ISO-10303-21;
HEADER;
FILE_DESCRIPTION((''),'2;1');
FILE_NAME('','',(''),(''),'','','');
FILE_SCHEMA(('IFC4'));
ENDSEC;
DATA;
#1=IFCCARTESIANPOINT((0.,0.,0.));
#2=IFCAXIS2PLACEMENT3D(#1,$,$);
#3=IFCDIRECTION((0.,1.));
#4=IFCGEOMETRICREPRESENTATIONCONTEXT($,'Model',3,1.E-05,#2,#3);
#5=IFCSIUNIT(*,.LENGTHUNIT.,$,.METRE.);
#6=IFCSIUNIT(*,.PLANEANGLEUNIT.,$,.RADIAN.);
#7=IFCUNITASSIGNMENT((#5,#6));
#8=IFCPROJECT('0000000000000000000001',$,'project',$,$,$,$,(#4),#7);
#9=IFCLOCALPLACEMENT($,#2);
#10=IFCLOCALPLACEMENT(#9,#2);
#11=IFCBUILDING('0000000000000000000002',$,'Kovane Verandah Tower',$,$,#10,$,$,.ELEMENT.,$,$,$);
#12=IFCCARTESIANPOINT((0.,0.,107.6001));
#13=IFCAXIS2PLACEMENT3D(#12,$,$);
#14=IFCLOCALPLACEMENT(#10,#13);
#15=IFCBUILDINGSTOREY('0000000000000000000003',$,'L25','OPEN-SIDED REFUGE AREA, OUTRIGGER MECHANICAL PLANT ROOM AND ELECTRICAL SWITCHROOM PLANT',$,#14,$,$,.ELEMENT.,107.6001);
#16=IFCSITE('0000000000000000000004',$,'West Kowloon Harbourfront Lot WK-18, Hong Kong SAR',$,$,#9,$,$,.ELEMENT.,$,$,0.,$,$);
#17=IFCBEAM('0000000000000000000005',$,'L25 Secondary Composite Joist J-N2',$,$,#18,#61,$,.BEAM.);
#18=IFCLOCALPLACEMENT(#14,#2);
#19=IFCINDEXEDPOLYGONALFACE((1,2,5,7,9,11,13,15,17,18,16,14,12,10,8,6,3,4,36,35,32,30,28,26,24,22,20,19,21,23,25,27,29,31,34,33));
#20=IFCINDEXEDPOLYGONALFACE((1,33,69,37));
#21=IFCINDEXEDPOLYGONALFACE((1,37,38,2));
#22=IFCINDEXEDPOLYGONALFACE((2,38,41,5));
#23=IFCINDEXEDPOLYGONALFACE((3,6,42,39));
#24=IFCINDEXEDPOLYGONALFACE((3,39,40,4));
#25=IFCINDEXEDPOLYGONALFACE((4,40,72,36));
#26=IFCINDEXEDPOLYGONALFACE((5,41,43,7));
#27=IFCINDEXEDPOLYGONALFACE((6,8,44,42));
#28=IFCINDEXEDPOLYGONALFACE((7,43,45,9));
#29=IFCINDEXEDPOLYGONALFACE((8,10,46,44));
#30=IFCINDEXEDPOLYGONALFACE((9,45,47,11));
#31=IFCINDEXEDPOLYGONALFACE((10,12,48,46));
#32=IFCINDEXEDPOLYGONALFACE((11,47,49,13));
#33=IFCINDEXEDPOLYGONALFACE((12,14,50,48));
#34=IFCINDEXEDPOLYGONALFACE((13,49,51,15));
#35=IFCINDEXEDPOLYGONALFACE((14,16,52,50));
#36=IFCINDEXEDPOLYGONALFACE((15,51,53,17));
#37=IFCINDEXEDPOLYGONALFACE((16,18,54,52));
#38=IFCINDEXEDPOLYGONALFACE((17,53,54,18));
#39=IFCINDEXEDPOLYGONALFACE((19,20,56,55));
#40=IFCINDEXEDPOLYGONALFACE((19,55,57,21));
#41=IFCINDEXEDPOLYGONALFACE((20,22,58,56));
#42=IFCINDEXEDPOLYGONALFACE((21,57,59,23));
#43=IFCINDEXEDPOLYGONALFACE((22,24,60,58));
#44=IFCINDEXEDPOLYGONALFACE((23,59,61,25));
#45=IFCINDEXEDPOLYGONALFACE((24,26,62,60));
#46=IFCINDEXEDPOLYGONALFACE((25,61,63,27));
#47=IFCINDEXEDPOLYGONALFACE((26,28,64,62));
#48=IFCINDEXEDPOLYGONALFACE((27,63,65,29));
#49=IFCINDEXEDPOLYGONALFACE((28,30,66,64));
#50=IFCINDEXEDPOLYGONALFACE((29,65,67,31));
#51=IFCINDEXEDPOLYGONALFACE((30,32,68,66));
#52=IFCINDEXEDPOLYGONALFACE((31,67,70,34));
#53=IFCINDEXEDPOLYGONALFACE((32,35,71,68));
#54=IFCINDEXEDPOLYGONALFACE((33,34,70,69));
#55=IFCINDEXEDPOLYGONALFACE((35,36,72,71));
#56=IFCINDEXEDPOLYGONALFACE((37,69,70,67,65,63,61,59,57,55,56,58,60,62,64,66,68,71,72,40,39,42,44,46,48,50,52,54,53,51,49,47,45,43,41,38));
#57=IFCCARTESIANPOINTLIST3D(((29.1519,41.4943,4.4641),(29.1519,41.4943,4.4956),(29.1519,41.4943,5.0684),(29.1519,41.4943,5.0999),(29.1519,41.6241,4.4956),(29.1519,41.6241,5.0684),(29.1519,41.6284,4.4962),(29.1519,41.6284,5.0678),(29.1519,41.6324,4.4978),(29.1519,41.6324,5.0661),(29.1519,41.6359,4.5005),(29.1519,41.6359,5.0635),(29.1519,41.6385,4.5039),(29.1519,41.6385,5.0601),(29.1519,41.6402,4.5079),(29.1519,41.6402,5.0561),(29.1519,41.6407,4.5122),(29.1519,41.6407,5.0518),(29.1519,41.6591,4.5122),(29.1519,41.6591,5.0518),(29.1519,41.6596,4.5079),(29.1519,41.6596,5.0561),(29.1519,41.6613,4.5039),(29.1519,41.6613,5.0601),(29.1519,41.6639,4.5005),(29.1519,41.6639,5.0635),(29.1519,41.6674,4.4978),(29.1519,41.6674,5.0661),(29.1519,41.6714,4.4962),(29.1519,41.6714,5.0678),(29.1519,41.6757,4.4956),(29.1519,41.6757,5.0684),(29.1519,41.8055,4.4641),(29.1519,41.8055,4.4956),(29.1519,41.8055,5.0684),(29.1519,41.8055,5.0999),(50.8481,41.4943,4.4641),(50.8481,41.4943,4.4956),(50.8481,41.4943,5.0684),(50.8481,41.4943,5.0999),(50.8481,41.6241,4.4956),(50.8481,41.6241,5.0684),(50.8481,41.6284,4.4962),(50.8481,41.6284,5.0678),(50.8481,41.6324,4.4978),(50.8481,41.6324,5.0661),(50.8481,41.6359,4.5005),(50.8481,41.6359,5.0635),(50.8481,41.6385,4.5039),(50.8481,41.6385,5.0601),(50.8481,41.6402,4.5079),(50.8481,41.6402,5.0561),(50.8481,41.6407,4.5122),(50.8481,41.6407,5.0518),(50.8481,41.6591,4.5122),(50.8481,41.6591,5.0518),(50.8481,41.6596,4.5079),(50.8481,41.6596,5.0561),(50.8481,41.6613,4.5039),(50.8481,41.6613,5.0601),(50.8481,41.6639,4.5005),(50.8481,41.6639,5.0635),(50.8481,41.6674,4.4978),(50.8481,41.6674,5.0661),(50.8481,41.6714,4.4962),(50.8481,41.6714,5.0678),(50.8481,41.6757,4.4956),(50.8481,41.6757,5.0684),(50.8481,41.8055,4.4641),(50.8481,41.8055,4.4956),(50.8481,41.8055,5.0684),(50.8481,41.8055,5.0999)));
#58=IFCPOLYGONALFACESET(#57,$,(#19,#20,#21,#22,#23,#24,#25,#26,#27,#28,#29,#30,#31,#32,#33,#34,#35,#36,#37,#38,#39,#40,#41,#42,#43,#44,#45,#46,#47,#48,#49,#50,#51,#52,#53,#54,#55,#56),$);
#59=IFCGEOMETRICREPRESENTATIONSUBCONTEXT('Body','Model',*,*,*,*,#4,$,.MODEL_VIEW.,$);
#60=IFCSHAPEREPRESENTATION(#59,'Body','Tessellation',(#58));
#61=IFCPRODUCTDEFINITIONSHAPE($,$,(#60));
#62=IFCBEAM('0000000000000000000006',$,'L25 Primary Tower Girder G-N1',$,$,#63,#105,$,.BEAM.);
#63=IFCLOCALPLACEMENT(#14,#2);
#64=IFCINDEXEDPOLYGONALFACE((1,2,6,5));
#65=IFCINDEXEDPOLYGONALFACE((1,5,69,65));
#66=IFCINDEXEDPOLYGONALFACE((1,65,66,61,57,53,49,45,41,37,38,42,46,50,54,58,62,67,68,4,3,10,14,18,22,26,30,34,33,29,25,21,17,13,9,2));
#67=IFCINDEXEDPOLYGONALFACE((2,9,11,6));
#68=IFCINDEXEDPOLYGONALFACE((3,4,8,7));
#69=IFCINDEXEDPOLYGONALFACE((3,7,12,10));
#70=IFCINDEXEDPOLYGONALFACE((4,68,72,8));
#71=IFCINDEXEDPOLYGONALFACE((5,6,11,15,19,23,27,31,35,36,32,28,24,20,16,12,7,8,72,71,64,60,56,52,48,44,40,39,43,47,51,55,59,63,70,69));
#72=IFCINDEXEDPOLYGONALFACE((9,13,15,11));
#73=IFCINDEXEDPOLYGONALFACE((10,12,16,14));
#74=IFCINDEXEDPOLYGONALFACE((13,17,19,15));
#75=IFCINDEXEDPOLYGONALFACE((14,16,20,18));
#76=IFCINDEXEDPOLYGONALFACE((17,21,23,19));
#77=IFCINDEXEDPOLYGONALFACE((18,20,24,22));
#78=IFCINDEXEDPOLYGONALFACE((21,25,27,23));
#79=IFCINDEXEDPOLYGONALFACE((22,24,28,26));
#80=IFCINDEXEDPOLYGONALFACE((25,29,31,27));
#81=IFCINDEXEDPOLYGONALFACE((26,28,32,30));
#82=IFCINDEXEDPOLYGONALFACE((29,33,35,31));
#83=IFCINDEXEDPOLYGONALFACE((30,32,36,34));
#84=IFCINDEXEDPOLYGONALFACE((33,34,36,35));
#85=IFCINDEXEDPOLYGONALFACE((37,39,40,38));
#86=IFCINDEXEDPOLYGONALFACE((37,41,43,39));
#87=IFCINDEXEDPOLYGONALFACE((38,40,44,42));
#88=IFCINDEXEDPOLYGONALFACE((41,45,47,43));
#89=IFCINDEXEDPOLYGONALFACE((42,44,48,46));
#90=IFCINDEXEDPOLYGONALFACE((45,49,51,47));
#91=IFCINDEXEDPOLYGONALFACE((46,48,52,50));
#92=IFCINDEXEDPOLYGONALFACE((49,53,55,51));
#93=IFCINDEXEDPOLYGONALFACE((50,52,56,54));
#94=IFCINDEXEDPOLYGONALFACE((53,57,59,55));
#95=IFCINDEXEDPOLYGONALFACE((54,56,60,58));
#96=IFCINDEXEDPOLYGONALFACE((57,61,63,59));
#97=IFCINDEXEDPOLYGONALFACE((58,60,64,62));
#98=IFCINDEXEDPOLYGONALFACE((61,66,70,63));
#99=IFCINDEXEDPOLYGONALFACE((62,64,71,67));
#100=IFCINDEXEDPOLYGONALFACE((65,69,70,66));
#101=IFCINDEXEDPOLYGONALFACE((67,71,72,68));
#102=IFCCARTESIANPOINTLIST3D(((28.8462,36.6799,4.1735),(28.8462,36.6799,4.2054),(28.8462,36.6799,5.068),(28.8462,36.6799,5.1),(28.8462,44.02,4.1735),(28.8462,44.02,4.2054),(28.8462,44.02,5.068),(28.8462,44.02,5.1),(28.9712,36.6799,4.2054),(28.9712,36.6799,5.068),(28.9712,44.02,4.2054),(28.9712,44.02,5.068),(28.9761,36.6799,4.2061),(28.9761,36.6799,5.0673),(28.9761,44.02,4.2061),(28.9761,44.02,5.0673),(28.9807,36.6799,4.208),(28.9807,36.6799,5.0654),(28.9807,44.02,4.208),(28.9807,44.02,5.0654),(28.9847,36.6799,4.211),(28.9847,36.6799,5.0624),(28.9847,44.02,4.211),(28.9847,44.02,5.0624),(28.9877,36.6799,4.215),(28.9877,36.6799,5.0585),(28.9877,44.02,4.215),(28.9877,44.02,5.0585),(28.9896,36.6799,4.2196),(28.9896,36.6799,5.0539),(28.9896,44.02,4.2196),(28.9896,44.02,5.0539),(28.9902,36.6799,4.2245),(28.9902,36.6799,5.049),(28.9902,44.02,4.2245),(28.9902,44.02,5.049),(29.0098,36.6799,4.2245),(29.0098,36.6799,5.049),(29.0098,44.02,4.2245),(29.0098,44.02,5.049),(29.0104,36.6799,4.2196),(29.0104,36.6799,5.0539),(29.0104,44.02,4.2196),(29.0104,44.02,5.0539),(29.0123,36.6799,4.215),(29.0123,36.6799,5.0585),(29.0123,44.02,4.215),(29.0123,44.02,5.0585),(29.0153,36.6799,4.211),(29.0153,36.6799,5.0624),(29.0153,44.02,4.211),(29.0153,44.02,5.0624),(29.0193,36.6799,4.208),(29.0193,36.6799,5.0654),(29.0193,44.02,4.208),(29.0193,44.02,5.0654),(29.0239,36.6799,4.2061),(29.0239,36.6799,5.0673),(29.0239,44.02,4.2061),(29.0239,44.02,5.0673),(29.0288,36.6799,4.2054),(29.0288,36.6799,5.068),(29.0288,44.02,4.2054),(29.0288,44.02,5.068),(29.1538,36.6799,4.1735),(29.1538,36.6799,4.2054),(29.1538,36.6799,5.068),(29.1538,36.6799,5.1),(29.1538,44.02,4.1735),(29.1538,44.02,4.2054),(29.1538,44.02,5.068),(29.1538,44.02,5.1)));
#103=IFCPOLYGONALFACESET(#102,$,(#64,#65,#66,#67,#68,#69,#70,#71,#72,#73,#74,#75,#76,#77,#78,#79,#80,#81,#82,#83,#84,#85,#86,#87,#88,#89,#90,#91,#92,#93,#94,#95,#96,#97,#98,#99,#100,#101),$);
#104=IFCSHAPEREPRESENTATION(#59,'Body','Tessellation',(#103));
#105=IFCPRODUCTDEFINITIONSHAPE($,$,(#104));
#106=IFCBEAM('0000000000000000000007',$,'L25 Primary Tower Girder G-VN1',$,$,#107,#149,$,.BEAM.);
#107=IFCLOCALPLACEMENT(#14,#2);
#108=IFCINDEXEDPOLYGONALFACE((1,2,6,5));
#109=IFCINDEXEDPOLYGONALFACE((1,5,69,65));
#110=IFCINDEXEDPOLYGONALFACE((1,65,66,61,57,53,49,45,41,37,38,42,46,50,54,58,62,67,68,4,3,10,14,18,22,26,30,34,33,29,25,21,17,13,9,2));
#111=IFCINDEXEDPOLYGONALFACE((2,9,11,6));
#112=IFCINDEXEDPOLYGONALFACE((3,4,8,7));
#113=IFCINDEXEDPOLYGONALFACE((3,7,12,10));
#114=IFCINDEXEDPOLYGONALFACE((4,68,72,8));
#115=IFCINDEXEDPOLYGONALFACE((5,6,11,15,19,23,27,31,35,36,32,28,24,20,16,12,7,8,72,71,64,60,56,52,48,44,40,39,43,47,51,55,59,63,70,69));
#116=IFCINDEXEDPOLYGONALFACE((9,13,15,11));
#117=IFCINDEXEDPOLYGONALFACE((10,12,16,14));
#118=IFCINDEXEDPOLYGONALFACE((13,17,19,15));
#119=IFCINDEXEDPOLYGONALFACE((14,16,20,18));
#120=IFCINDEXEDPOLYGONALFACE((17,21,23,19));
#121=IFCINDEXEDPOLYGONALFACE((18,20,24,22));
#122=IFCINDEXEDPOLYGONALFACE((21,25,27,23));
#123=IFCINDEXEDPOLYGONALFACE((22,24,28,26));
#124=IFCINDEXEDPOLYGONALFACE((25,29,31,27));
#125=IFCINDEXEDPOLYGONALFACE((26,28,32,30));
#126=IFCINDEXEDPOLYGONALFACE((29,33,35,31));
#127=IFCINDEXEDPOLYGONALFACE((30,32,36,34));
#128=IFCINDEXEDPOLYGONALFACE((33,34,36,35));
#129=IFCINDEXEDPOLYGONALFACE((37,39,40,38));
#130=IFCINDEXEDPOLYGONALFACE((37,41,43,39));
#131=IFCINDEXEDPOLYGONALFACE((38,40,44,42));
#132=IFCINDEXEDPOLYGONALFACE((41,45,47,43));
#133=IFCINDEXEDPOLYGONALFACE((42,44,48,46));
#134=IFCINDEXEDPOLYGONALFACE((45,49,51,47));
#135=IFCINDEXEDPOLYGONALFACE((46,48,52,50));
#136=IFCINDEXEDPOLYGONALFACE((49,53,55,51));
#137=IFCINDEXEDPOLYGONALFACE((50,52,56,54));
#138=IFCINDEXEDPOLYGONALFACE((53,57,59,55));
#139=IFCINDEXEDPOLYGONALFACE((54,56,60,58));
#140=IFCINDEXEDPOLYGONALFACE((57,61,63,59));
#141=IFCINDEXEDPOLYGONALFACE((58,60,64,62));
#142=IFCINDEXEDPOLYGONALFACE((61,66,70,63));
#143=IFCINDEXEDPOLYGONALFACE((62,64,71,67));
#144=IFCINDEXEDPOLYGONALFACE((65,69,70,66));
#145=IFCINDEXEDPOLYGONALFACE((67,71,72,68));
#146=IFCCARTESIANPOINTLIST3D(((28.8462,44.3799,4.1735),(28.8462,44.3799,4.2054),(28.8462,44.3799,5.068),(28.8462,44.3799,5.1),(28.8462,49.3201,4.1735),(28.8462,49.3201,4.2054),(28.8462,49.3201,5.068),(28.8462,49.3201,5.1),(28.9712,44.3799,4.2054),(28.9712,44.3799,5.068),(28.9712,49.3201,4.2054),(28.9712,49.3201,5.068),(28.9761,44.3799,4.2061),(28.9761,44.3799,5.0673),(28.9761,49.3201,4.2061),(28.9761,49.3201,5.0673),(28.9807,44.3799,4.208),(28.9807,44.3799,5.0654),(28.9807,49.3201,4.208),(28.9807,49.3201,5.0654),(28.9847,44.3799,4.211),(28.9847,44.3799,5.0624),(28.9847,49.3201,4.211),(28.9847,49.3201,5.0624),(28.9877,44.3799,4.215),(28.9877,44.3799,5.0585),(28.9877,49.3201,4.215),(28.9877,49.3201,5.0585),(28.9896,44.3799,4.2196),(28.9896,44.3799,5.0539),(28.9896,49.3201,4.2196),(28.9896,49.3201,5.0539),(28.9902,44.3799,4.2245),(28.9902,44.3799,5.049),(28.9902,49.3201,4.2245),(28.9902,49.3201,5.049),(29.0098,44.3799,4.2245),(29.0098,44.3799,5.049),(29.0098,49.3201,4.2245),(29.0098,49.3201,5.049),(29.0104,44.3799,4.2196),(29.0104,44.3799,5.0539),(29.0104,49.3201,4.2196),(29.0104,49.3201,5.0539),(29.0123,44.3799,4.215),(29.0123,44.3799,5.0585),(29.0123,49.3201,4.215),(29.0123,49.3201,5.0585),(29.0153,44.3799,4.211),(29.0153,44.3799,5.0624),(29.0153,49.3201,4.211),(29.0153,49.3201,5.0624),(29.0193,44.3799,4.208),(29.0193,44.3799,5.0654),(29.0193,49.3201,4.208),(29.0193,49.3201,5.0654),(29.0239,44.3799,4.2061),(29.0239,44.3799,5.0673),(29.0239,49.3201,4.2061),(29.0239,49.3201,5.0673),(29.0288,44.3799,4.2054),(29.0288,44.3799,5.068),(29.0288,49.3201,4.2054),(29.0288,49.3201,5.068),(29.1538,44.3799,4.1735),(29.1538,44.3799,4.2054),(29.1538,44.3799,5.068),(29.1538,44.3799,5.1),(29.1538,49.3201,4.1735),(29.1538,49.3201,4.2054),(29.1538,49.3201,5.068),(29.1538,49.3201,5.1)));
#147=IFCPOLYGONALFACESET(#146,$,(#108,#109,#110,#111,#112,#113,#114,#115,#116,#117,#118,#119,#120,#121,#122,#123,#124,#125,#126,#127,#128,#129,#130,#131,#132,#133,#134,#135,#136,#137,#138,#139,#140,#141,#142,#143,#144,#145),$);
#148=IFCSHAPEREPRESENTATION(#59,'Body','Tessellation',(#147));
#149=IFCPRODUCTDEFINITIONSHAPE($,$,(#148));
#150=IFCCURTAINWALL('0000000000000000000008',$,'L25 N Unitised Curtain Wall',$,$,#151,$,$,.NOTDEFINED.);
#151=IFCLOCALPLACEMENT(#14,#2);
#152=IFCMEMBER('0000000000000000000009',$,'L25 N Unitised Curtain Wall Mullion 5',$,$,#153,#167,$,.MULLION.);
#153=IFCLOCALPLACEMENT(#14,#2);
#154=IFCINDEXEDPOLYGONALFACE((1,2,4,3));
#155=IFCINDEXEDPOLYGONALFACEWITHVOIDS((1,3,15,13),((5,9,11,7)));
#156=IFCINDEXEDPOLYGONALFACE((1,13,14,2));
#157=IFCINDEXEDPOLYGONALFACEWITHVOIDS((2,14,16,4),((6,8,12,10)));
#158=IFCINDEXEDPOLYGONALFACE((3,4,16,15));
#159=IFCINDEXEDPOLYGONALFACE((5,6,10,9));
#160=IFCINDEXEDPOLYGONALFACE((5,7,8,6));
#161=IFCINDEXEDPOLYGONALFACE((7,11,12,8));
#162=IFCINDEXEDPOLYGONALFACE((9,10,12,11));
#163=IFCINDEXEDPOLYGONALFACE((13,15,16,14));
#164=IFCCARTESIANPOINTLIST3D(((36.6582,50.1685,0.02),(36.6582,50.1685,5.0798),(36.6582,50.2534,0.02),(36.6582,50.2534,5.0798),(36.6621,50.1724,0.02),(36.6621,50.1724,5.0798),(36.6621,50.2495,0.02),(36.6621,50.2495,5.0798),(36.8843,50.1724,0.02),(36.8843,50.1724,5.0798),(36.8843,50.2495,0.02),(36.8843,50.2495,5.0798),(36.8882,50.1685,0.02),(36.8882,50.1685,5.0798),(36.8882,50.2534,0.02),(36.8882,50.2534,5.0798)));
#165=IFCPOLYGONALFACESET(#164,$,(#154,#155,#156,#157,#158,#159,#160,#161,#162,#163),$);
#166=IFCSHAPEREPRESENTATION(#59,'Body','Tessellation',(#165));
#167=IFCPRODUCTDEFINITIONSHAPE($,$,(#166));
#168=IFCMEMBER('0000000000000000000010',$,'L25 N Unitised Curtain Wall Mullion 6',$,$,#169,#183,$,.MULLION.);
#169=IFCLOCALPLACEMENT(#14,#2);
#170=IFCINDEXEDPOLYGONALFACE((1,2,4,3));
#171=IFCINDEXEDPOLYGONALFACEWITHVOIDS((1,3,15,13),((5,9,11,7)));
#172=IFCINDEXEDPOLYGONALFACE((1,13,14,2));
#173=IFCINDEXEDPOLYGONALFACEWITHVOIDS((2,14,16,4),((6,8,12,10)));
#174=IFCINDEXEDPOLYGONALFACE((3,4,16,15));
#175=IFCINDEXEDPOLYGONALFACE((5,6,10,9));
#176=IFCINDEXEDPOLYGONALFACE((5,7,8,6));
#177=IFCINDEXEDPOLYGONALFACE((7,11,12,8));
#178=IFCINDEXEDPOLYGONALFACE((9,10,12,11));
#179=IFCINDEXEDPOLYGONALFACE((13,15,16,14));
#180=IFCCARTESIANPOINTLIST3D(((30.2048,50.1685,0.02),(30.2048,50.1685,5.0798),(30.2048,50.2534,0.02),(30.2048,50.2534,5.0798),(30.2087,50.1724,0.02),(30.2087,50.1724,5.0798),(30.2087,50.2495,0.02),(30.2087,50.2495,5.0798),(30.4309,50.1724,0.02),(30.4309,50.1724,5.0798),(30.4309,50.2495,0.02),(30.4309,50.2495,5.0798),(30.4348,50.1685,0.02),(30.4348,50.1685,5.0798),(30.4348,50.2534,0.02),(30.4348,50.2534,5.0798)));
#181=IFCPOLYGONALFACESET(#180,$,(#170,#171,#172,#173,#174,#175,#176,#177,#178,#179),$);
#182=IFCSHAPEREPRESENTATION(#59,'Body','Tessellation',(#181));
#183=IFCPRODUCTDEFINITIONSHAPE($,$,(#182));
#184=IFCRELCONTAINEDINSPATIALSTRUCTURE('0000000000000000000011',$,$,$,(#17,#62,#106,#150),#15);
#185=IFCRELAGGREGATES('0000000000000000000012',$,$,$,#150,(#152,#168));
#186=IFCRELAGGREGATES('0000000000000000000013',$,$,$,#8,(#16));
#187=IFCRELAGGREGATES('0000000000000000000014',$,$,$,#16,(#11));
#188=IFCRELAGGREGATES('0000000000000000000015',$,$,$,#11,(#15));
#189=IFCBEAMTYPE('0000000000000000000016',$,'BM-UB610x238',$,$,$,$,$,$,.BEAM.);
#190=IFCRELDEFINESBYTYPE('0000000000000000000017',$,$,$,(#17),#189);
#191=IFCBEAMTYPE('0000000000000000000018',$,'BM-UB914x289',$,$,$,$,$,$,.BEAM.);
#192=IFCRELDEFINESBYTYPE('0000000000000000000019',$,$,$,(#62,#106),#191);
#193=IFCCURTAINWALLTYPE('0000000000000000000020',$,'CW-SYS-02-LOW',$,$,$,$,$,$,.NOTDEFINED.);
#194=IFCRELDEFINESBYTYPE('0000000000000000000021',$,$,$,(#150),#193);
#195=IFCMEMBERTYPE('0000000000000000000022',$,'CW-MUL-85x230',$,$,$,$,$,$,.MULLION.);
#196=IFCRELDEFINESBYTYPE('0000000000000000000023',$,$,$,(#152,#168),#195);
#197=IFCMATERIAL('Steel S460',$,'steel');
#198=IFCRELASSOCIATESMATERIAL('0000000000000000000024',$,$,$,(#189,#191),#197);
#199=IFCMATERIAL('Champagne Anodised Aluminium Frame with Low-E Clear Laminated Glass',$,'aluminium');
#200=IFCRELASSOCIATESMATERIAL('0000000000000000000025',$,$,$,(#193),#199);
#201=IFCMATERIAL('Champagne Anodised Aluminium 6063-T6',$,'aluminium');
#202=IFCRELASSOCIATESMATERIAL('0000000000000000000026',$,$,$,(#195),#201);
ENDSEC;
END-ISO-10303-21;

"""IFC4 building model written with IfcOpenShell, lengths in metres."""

from ifc_helpers import new_model, si_unit, direction, frame, origin, origin_2d, place, context, subcontext, project, spatial, hollow_rectangle, i_section, extrude, material, material_profile, profile_set, type_object, element, aggregate, save


model = new_model("IFC4")

# Units and contexts
model_context = context("Model", 3, precision=1e-05, world=origin(), true_north=direction((0.0, 1.0)))
body_context = subcontext(model_context, "Body", "Model", "MODEL_VIEW")
ifc_project = project(units=[si_unit("LENGTHUNIT", "METRE"), si_unit("PLANEANGLEUNIT", "RADIAN")], contexts=[model_context])

# Site, building, storey
site_placement = place(None, origin())
site = spatial("IfcSite", under=ifc_project, at=site_placement, Name="West Kowloon Harbourfront Lot WK-18, Hong Kong SAR", CompositionType="ELEMENT", RefElevation=0.0)
building_placement = place(site_placement, origin())
building = spatial("IfcBuilding", under=site, at=building_placement, Name="Kovane Verandah Tower", CompositionType="ELEMENT")
storey_placement = place(building_placement, frame((0.0, 0.0, 107.6001)))
storey = spatial("IfcBuildingStorey", under=building, at=storey_placement, Name="L25", Description="OPEN-SIDED REFUGE AREA, OUTRIGGER MECHANICAL PLANT ROOM AND ELECTRICAL SWITCHROOM PLANT", CompositionType="ELEMENT", Elevation=107.6001)

# Shared definitions
ifc_material_1 = material(Name="Steel S460", Category="steel")

# Beams
ifc_material_profile_1 = material_profile(ifc_material_1, i_section(OverallWidth=0.3113, OverallDepth=0.6357, WebThickness=0.0183, FlangeThickness=0.0315, FilletRadius=0.0166, at=origin_2d()), Name="UB610x305x238")
ifc_profile_set_1 = profile_set([ifc_material_profile_1], Name="Steel S460")
beam_type_1 = type_object("IfcBeamType", Name="BM-UB610x238", PredefinedType="BEAM", material=ifc_profile_set_1)
for number, where, z_axis, x_axis, name in (
    (1, (29.1519, 41.6499, 4.782), (1.0, 0.0, 0.0), (0.0, 1.0, 0.0), "L25 Secondary Composite Joist J-N2"),
):
    element("IfcBeam", number, at=place(storey_placement, frame(where, z_axis=z_axis, x_axis=x_axis)), inside=storey, type_object=beam_type_1, Name=name, PredefinedType="BEAM", context=body_context, shape_type="SweptSolid", body=[
        extrude(i_section(OverallWidth=0.3113, OverallDepth=0.6357, WebThickness=0.0183, FlangeThickness=0.0315, FilletRadius=0.0166, at=origin_2d()), origin(), (0.0, 0.0, 1.0), 21.6963),
    ])
ifc_material_profile_2 = material_profile(ifc_material_1, i_section(OverallWidth=0.3076, OverallDepth=0.9265, WebThickness=0.0195, FlangeThickness=0.032, FilletRadius=0.019, at=origin_2d()), Name="UB914x305x289")
ifc_profile_set_2 = profile_set([ifc_material_profile_2], Name="Steel S460")
beam_type_2 = type_object("IfcBeamType", Name="BM-UB914x289", PredefinedType="BEAM", material=ifc_profile_set_2)
beam_1_placement = place(storey_placement, frame((29.0, 36.6799, 4.6367), z_axis=(0.0, 1.0, 0.0), x_axis=(-1.0, 0.0, 0.0)))
element("IfcBeam", 2, at=beam_1_placement, inside=storey, type_object=beam_type_2, Name="L25 Primary Tower Girder G-N1", PredefinedType="BEAM", context=body_context, shape_type="SweptSolid", body=[
    extrude(i_section(OverallWidth=0.3076, OverallDepth=0.9265, WebThickness=0.0195, FlangeThickness=0.032, FilletRadius=0.019, at=origin_2d()), origin(), (0.0, 0.0, 1.0), 7.3401),
])
beam_2_placement = place(storey_placement, frame((29.0, 44.3799, 4.6367), z_axis=(0.0, 1.0, 0.0), x_axis=(-1.0, 0.0, 0.0)))
element("IfcBeam", 3, at=beam_2_placement, inside=storey, type_object=beam_type_2, Name="L25 Primary Tower Girder G-VN1", PredefinedType="BEAM", context=body_context, shape_type="SweptSolid", body=[
    extrude(i_section(OverallWidth=0.3076, OverallDepth=0.9265, WebThickness=0.0195, FlangeThickness=0.032, FilletRadius=0.019, at=origin_2d()), origin(), (0.0, 0.0, 1.0), 4.9402),
])

# Curtain wall, members
ifc_material_2 = material(Name="Champagne Anodised Aluminium Frame with Low-E Clear Laminated Glass", Category="aluminium")
curtain_wall_type = type_object("IfcCurtainWallType", Name="CW-SYS-02-LOW", PredefinedType="NOTDEFINED", material=ifc_material_2)
curtain_wall_placement = place(storey_placement, origin())
curtain_wall = element("IfcCurtainWall", 4, at=curtain_wall_placement, inside=storey, type_object=curtain_wall_type, Name="L25 N Unitised Curtain Wall", PredefinedType="NOTDEFINED")
ifc_material_3 = material(Name="Champagne Anodised Aluminium 6063-T6", Category="aluminium")
ifc_material_profile_3 = material_profile(ifc_material_3, hollow_rectangle(XDim=0.085, YDim=0.23, WallThickness=0.0039, at=origin_2d()), Name="AL85x230x4")
ifc_profile_set_3 = profile_set([ifc_material_profile_3], Name="Champagne Anodised Aluminium 6063-T6")
member_type_1 = type_object("IfcMemberType", Name="CW-MUL-85x230", PredefinedType="MULLION", material=ifc_profile_set_3)
member_1_placement = place(storey_placement, frame((36.7732, 50.2109, 0.02), z_axis=(0.0, 0.0, 1.0), x_axis=(0.0, 1.0, 0.0)))
member_1 = element("IfcMember", 5, at=member_1_placement, type_object=member_type_1, Name="L25 N Unitised Curtain Wall Mullion 5", PredefinedType="MULLION", context=body_context, shape_type="SweptSolid", body=[
    extrude(hollow_rectangle(XDim=0.085, YDim=0.23, WallThickness=0.0039, at=origin_2d()), origin(), (0.0, 0.0, 1.0), 5.0598),
])
member_2_placement = place(storey_placement, frame((30.3198, 50.2109, 0.02), z_axis=(0.0, 0.0, 1.0), x_axis=(0.0, 1.0, 0.0)))
member_2 = element("IfcMember", 6, at=member_2_placement, type_object=member_type_1, Name="L25 N Unitised Curtain Wall Mullion 6", PredefinedType="MULLION", context=body_context, shape_type="SweptSolid", body=[
    extrude(hollow_rectangle(XDim=0.085, YDim=0.23, WallThickness=0.0039, at=origin_2d()), origin(), (0.0, 0.0, 1.0), 5.0598),
])
aggregate(curtain_wall, [member_1, member_2])

save(model, "model.ifc")
